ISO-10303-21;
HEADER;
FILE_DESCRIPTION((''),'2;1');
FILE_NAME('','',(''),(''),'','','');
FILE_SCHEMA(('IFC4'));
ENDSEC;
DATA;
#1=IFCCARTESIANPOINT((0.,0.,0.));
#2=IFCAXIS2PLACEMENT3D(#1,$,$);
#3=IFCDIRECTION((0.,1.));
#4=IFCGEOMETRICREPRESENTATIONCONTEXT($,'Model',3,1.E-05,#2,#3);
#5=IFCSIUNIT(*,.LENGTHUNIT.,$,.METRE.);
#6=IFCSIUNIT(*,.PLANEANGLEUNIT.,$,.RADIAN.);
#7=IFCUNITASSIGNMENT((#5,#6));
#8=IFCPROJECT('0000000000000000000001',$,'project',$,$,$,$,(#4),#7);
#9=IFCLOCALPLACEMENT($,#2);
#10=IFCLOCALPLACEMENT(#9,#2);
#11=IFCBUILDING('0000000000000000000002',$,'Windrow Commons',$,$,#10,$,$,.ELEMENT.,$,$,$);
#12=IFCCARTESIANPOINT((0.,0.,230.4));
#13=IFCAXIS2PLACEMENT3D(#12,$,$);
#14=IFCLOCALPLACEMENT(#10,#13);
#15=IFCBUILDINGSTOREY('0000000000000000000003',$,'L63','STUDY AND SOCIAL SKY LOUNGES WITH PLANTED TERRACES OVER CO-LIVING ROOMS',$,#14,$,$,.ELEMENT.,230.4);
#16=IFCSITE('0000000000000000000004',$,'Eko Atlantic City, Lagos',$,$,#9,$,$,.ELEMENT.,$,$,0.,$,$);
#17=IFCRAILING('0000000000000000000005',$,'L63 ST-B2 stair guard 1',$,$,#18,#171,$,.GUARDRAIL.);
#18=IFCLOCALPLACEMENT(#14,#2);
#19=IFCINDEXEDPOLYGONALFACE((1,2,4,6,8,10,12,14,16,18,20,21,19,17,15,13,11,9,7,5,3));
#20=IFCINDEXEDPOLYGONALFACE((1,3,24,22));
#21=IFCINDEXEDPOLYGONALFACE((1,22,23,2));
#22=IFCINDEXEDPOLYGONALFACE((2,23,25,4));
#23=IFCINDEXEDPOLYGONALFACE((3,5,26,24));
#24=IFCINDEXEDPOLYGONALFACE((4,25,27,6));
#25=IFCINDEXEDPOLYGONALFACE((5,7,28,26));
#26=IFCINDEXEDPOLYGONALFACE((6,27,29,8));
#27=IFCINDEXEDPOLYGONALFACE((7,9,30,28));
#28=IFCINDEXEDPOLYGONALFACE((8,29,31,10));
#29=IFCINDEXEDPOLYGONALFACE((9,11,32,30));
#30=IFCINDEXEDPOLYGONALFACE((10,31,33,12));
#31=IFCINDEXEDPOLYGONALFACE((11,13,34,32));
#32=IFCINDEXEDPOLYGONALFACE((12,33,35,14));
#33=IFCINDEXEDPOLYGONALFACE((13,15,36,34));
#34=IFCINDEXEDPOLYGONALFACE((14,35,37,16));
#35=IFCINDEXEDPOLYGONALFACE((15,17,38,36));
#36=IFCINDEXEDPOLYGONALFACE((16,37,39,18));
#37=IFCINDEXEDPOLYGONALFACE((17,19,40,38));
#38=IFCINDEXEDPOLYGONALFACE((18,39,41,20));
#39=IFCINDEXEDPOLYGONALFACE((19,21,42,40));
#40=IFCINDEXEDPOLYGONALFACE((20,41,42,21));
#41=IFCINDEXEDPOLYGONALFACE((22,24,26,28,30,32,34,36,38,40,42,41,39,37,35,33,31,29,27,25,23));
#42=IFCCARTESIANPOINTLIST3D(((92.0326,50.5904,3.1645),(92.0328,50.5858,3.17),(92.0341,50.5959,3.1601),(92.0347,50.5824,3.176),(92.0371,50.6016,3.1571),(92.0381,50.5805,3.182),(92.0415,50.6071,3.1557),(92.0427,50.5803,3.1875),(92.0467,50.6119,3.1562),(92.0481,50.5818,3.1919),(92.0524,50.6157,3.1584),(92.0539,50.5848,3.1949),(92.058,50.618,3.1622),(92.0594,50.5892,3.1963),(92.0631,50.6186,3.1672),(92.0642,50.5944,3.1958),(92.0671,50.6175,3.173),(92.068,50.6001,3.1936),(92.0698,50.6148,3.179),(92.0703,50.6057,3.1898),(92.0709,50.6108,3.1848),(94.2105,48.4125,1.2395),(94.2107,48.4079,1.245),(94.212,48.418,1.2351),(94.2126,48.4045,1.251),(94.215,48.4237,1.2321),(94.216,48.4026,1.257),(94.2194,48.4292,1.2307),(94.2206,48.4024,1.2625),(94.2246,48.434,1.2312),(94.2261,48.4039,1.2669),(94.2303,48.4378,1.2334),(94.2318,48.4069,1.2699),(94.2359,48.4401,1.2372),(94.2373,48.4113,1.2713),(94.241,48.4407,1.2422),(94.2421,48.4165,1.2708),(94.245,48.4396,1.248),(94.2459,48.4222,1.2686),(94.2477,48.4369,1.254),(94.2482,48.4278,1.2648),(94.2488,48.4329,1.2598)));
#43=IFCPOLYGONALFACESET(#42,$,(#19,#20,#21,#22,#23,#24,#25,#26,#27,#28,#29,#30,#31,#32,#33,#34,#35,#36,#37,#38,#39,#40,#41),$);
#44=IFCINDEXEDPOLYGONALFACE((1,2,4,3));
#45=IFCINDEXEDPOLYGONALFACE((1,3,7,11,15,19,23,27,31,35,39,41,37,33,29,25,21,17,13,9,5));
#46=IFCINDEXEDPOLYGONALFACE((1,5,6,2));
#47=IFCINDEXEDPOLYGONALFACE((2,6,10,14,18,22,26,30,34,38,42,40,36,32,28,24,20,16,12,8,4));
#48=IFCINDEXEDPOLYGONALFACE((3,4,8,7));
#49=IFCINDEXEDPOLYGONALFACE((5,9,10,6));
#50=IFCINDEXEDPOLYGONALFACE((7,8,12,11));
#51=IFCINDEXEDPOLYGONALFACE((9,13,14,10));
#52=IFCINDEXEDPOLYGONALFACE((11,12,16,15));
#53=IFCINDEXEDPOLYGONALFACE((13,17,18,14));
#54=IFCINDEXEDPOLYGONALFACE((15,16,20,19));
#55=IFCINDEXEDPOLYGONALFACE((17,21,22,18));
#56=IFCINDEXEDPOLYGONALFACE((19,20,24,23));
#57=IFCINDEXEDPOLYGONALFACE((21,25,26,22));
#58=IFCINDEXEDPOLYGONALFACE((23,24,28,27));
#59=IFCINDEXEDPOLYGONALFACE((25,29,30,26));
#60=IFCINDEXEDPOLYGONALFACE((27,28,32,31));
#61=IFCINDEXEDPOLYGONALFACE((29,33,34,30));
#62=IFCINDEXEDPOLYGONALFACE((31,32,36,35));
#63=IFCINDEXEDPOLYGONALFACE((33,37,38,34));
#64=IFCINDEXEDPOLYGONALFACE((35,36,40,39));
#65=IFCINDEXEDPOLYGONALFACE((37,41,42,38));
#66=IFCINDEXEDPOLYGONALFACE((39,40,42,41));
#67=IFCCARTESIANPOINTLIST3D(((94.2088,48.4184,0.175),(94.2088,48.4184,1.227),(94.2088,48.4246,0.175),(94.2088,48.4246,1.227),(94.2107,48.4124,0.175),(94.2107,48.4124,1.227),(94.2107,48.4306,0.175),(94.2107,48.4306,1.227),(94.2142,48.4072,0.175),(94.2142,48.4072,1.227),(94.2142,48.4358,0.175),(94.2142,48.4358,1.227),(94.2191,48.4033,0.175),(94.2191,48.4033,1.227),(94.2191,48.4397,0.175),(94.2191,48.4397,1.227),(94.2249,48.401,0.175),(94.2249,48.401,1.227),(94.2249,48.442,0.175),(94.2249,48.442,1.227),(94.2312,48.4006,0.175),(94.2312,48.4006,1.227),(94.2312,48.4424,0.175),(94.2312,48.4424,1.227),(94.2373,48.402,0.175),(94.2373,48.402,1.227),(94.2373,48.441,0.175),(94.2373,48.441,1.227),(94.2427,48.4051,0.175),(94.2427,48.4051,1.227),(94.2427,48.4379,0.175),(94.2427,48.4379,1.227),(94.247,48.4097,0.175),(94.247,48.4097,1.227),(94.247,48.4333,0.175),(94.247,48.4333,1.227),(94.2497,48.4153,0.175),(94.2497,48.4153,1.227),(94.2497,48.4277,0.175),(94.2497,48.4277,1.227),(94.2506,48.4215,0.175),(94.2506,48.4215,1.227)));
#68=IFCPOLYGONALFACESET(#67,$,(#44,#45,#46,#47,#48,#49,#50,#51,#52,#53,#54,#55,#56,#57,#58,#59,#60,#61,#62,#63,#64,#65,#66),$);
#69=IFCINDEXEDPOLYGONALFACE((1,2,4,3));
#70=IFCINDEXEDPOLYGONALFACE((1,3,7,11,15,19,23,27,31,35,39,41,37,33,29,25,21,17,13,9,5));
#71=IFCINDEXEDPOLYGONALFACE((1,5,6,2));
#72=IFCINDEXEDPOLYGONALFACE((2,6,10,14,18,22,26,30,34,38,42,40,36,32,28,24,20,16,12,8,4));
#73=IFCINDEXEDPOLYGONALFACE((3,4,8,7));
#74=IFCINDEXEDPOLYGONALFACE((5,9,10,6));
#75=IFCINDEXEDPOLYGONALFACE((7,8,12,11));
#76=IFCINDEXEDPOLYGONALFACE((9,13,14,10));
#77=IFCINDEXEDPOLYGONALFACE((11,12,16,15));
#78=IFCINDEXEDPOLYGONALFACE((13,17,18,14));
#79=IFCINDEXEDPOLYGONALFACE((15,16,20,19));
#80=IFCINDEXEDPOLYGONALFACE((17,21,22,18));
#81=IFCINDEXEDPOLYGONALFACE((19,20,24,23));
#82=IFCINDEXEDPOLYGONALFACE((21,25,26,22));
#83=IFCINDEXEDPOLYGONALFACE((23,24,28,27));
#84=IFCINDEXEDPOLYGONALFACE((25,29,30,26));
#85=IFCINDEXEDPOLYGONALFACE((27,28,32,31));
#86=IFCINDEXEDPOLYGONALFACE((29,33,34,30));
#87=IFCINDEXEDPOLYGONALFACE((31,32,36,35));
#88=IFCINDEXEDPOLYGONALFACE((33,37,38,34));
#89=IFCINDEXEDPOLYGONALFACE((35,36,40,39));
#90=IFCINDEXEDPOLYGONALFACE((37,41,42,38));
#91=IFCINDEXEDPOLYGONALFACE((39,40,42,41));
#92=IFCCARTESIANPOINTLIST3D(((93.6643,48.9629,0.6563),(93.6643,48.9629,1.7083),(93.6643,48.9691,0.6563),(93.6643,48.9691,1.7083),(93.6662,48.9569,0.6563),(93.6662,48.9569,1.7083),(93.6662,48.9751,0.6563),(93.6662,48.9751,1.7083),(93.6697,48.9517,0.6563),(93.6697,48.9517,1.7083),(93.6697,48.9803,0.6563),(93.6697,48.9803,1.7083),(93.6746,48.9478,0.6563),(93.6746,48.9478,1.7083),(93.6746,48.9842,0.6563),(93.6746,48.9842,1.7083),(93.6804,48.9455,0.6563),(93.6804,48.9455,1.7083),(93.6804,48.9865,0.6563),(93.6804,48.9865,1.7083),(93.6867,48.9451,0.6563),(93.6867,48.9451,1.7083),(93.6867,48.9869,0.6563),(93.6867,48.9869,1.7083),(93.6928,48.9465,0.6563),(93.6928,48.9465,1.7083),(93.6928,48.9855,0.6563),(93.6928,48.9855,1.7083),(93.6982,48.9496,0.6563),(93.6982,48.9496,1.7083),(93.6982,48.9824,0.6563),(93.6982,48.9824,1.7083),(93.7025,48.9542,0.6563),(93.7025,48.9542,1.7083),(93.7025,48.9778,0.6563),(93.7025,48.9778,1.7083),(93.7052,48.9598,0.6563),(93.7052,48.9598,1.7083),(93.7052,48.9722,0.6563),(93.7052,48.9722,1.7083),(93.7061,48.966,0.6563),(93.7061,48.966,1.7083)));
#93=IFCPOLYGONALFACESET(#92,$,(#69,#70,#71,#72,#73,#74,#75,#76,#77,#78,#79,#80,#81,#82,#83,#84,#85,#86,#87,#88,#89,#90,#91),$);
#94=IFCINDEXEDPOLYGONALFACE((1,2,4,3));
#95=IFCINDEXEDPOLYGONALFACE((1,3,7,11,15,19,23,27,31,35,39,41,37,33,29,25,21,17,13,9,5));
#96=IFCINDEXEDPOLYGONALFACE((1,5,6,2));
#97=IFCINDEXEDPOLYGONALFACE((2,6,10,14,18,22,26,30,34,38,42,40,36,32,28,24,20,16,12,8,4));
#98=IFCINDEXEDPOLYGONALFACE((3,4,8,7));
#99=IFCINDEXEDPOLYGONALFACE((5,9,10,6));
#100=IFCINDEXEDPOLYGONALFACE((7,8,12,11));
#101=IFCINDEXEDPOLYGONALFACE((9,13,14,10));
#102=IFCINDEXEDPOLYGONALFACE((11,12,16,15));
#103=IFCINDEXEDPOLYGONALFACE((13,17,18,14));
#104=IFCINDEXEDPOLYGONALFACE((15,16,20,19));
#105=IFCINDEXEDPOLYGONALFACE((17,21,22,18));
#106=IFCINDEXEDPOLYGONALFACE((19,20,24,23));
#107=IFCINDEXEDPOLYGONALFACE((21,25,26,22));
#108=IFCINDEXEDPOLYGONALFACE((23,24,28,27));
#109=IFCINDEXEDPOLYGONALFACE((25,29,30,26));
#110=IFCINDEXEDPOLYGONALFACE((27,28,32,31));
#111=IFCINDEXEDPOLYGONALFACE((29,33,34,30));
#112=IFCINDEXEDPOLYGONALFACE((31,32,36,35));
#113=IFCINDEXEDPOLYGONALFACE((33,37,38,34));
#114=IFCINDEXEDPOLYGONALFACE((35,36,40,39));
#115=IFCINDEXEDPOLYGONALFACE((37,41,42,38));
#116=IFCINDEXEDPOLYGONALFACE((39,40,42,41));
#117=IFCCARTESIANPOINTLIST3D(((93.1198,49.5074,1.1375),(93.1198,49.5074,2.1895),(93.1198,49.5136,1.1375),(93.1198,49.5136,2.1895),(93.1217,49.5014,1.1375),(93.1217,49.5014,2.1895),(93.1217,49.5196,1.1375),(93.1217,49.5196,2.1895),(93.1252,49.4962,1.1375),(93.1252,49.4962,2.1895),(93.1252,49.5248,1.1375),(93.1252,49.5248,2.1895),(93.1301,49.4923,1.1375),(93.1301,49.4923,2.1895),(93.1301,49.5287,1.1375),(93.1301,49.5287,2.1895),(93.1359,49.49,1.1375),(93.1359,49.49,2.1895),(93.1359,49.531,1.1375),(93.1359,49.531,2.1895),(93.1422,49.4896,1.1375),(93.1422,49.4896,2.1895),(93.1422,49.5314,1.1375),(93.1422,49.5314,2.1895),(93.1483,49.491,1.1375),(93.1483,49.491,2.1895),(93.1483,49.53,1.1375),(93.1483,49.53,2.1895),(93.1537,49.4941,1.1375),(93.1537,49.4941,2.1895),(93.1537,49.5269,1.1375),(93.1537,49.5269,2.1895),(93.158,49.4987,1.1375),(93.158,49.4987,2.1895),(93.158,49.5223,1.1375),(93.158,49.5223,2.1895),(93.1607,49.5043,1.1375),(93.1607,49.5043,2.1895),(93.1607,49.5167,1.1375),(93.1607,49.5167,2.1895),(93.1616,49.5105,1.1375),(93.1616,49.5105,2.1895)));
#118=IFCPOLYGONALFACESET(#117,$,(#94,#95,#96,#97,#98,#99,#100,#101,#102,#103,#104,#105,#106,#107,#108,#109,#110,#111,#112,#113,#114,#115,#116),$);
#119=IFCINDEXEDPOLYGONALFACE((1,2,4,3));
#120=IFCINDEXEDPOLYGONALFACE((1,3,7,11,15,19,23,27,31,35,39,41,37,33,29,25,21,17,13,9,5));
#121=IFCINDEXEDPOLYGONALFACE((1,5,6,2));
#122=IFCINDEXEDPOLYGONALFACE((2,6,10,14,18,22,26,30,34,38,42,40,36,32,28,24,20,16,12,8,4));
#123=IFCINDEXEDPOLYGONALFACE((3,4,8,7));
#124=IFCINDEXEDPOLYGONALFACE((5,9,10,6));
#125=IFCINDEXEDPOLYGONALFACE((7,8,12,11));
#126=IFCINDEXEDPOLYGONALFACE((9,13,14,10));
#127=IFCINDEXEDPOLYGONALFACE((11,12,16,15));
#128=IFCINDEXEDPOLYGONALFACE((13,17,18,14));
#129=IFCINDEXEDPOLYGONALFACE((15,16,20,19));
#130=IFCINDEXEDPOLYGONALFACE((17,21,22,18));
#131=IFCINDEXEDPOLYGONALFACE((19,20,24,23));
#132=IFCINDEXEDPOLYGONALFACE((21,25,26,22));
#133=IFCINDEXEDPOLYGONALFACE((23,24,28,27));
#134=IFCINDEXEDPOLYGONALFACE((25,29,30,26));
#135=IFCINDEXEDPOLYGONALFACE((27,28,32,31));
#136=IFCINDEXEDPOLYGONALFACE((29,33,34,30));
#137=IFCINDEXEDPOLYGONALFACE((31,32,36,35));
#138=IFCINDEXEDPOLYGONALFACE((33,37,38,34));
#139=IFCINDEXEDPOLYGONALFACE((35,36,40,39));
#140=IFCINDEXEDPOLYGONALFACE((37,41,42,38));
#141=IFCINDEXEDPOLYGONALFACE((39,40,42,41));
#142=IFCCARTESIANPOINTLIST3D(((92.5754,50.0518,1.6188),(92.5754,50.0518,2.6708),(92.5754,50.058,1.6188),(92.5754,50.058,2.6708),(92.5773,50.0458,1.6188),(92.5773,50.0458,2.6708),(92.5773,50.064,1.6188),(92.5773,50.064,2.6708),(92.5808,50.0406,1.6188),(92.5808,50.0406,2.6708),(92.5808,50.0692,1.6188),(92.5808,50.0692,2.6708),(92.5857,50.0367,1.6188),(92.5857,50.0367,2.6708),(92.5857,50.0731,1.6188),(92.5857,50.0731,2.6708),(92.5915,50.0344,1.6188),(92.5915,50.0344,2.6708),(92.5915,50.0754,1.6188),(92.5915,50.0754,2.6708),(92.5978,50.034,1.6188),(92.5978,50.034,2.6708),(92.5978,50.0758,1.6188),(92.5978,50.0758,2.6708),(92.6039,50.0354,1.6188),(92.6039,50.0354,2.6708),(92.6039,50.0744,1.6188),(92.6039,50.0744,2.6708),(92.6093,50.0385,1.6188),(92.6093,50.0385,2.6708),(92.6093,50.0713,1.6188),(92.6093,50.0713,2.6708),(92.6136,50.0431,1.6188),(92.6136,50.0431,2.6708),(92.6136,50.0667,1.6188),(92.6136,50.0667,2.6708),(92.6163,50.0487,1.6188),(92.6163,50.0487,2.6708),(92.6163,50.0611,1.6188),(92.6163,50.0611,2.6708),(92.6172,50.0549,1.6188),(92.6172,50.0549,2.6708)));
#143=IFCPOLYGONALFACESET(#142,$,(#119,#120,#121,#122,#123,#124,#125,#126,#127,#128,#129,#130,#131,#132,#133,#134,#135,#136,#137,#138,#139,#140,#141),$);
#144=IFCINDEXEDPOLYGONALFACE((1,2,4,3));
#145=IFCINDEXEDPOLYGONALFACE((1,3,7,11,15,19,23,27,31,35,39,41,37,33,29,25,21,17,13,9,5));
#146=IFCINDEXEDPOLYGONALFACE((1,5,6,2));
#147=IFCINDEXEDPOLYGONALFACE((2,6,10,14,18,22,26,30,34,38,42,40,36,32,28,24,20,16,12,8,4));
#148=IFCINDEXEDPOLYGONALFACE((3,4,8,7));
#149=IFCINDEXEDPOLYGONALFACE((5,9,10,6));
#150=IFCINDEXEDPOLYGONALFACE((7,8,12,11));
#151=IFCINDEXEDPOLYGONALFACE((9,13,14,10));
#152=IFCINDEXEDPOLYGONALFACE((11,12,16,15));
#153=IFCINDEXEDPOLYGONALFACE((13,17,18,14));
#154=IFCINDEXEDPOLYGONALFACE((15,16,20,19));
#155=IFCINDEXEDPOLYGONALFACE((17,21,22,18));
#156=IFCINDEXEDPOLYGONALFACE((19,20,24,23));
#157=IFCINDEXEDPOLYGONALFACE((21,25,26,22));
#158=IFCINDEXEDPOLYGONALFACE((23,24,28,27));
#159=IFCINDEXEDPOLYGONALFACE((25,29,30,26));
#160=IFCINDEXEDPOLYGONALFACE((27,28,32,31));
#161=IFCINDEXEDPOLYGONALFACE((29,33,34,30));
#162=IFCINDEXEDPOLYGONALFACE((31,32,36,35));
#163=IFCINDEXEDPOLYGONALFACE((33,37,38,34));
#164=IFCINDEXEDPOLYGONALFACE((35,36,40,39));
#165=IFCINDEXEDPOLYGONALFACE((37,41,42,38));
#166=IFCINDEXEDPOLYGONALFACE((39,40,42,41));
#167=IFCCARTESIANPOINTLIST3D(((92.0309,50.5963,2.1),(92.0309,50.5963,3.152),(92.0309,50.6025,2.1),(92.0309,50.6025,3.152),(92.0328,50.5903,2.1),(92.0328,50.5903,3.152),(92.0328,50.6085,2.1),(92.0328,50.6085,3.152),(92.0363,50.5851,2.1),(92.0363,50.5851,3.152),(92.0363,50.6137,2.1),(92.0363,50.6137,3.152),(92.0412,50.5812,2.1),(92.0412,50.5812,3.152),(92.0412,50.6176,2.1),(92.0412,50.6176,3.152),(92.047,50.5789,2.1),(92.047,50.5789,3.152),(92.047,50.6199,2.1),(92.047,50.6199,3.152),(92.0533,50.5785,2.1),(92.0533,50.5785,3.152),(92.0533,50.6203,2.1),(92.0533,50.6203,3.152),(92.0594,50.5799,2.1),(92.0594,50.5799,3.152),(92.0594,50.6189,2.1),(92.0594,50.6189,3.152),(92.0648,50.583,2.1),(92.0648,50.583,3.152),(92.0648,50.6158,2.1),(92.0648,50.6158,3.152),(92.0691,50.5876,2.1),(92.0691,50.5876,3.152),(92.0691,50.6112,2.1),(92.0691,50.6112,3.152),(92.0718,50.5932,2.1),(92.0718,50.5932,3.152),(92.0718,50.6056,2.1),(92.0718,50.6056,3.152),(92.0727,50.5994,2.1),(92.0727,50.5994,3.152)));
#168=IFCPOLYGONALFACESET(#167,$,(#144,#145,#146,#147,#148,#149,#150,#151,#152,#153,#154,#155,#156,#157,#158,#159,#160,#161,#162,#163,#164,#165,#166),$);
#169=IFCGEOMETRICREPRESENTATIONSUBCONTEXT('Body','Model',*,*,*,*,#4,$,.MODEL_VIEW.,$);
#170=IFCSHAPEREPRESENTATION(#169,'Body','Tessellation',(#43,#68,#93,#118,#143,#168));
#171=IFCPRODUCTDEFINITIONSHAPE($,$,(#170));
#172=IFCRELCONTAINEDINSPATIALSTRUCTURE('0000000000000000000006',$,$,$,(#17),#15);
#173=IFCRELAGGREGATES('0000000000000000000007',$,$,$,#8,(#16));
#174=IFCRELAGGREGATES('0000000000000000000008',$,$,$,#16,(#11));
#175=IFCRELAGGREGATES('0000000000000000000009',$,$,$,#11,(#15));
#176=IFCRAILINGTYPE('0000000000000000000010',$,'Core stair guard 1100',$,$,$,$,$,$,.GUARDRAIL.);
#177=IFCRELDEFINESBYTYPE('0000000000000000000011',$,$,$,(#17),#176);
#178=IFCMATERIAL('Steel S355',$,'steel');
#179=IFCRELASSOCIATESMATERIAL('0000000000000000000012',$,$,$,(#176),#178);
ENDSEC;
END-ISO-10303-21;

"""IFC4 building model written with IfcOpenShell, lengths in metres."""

from ifc_helpers import new_model, si_unit, direction, frame, origin, origin_2d, place, context, subcontext, project, spatial, circle, extrude, material, type_object, element, save


model = new_model("IFC4")

# Units and contexts
model_context = context("Model", 3, precision=1e-05, world=origin(), true_north=direction((0.0, 1.0)))
body_context = subcontext(model_context, "Body", "Model", "MODEL_VIEW")
ifc_project = project(units=[si_unit("LENGTHUNIT", "METRE"), si_unit("PLANEANGLEUNIT", "RADIAN")], contexts=[model_context])

# Site, building, storey
site_placement = place(None, origin())
site = spatial("IfcSite", under=ifc_project, at=site_placement, Name="Eko Atlantic City, Lagos", CompositionType="ELEMENT", RefElevation=0.0)
building_placement = place(site_placement, origin())
building = spatial("IfcBuilding", under=site, at=building_placement, Name="Windrow Commons", CompositionType="ELEMENT")
storey_placement = place(building_placement, frame((0.0, 0.0, 230.4)))
storey = spatial("IfcBuildingStorey", under=building, at=storey_placement, Name="L63", Description="STUDY AND SOCIAL SKY LOUNGES WITH PLANTED TERRACES OVER CO-LIVING ROOMS", CompositionType="ELEMENT", Elevation=230.4)

# Railing
ifc_material_1 = material(Name="Steel S355", Category="steel")
railing_type_1 = type_object("IfcRailingType", Name="Core stair guard 1100", PredefinedType="GUARDRAIL", material=ifc_material_1)
railing_1_placement = place(storey_placement, frame((94.2296, 48.4215, 0.175)))
element("IfcRailing", 1, at=railing_1_placement, inside=storey, type_object=railing_type_1, Name="L63 ST-B2 stair guard 1", PredefinedType="GUARDRAIL", context=body_context, shape_type="SweptSolid", body=[
    extrude(circle(Radius=0.024, at=origin_2d()), frame((0.0, 0.0, 1.076), z_axis=(-0.599626, 0.599626, 0.529997), x_axis=(-0.707107, -0.707107, 0.0)), (0.0, 0.0, 1.0), 3.6321),
    extrude(circle(Radius=0.021, at=origin_2d()), origin(), (0.0, 0.0, 1.0), 1.052),
    extrude(circle(Radius=0.021, at=origin_2d()), frame((-0.5445, 0.5445, 0.4813)), (0.0, 0.0, 1.0), 1.052),
    extrude(circle(Radius=0.021, at=origin_2d()), frame((-1.089, 1.089, 0.9625)), (0.0, 0.0, 1.0), 1.052),
    extrude(circle(Radius=0.021, at=origin_2d()), frame((-1.6334, 1.6334, 1.4438)), (0.0, 0.0, 1.0), 1.052),
    extrude(circle(Radius=0.021, at=origin_2d()), frame((-2.1779, 2.1779, 1.925)), (0.0, 0.0, 1.0), 1.052),
])

save(model, "model.ifc")
